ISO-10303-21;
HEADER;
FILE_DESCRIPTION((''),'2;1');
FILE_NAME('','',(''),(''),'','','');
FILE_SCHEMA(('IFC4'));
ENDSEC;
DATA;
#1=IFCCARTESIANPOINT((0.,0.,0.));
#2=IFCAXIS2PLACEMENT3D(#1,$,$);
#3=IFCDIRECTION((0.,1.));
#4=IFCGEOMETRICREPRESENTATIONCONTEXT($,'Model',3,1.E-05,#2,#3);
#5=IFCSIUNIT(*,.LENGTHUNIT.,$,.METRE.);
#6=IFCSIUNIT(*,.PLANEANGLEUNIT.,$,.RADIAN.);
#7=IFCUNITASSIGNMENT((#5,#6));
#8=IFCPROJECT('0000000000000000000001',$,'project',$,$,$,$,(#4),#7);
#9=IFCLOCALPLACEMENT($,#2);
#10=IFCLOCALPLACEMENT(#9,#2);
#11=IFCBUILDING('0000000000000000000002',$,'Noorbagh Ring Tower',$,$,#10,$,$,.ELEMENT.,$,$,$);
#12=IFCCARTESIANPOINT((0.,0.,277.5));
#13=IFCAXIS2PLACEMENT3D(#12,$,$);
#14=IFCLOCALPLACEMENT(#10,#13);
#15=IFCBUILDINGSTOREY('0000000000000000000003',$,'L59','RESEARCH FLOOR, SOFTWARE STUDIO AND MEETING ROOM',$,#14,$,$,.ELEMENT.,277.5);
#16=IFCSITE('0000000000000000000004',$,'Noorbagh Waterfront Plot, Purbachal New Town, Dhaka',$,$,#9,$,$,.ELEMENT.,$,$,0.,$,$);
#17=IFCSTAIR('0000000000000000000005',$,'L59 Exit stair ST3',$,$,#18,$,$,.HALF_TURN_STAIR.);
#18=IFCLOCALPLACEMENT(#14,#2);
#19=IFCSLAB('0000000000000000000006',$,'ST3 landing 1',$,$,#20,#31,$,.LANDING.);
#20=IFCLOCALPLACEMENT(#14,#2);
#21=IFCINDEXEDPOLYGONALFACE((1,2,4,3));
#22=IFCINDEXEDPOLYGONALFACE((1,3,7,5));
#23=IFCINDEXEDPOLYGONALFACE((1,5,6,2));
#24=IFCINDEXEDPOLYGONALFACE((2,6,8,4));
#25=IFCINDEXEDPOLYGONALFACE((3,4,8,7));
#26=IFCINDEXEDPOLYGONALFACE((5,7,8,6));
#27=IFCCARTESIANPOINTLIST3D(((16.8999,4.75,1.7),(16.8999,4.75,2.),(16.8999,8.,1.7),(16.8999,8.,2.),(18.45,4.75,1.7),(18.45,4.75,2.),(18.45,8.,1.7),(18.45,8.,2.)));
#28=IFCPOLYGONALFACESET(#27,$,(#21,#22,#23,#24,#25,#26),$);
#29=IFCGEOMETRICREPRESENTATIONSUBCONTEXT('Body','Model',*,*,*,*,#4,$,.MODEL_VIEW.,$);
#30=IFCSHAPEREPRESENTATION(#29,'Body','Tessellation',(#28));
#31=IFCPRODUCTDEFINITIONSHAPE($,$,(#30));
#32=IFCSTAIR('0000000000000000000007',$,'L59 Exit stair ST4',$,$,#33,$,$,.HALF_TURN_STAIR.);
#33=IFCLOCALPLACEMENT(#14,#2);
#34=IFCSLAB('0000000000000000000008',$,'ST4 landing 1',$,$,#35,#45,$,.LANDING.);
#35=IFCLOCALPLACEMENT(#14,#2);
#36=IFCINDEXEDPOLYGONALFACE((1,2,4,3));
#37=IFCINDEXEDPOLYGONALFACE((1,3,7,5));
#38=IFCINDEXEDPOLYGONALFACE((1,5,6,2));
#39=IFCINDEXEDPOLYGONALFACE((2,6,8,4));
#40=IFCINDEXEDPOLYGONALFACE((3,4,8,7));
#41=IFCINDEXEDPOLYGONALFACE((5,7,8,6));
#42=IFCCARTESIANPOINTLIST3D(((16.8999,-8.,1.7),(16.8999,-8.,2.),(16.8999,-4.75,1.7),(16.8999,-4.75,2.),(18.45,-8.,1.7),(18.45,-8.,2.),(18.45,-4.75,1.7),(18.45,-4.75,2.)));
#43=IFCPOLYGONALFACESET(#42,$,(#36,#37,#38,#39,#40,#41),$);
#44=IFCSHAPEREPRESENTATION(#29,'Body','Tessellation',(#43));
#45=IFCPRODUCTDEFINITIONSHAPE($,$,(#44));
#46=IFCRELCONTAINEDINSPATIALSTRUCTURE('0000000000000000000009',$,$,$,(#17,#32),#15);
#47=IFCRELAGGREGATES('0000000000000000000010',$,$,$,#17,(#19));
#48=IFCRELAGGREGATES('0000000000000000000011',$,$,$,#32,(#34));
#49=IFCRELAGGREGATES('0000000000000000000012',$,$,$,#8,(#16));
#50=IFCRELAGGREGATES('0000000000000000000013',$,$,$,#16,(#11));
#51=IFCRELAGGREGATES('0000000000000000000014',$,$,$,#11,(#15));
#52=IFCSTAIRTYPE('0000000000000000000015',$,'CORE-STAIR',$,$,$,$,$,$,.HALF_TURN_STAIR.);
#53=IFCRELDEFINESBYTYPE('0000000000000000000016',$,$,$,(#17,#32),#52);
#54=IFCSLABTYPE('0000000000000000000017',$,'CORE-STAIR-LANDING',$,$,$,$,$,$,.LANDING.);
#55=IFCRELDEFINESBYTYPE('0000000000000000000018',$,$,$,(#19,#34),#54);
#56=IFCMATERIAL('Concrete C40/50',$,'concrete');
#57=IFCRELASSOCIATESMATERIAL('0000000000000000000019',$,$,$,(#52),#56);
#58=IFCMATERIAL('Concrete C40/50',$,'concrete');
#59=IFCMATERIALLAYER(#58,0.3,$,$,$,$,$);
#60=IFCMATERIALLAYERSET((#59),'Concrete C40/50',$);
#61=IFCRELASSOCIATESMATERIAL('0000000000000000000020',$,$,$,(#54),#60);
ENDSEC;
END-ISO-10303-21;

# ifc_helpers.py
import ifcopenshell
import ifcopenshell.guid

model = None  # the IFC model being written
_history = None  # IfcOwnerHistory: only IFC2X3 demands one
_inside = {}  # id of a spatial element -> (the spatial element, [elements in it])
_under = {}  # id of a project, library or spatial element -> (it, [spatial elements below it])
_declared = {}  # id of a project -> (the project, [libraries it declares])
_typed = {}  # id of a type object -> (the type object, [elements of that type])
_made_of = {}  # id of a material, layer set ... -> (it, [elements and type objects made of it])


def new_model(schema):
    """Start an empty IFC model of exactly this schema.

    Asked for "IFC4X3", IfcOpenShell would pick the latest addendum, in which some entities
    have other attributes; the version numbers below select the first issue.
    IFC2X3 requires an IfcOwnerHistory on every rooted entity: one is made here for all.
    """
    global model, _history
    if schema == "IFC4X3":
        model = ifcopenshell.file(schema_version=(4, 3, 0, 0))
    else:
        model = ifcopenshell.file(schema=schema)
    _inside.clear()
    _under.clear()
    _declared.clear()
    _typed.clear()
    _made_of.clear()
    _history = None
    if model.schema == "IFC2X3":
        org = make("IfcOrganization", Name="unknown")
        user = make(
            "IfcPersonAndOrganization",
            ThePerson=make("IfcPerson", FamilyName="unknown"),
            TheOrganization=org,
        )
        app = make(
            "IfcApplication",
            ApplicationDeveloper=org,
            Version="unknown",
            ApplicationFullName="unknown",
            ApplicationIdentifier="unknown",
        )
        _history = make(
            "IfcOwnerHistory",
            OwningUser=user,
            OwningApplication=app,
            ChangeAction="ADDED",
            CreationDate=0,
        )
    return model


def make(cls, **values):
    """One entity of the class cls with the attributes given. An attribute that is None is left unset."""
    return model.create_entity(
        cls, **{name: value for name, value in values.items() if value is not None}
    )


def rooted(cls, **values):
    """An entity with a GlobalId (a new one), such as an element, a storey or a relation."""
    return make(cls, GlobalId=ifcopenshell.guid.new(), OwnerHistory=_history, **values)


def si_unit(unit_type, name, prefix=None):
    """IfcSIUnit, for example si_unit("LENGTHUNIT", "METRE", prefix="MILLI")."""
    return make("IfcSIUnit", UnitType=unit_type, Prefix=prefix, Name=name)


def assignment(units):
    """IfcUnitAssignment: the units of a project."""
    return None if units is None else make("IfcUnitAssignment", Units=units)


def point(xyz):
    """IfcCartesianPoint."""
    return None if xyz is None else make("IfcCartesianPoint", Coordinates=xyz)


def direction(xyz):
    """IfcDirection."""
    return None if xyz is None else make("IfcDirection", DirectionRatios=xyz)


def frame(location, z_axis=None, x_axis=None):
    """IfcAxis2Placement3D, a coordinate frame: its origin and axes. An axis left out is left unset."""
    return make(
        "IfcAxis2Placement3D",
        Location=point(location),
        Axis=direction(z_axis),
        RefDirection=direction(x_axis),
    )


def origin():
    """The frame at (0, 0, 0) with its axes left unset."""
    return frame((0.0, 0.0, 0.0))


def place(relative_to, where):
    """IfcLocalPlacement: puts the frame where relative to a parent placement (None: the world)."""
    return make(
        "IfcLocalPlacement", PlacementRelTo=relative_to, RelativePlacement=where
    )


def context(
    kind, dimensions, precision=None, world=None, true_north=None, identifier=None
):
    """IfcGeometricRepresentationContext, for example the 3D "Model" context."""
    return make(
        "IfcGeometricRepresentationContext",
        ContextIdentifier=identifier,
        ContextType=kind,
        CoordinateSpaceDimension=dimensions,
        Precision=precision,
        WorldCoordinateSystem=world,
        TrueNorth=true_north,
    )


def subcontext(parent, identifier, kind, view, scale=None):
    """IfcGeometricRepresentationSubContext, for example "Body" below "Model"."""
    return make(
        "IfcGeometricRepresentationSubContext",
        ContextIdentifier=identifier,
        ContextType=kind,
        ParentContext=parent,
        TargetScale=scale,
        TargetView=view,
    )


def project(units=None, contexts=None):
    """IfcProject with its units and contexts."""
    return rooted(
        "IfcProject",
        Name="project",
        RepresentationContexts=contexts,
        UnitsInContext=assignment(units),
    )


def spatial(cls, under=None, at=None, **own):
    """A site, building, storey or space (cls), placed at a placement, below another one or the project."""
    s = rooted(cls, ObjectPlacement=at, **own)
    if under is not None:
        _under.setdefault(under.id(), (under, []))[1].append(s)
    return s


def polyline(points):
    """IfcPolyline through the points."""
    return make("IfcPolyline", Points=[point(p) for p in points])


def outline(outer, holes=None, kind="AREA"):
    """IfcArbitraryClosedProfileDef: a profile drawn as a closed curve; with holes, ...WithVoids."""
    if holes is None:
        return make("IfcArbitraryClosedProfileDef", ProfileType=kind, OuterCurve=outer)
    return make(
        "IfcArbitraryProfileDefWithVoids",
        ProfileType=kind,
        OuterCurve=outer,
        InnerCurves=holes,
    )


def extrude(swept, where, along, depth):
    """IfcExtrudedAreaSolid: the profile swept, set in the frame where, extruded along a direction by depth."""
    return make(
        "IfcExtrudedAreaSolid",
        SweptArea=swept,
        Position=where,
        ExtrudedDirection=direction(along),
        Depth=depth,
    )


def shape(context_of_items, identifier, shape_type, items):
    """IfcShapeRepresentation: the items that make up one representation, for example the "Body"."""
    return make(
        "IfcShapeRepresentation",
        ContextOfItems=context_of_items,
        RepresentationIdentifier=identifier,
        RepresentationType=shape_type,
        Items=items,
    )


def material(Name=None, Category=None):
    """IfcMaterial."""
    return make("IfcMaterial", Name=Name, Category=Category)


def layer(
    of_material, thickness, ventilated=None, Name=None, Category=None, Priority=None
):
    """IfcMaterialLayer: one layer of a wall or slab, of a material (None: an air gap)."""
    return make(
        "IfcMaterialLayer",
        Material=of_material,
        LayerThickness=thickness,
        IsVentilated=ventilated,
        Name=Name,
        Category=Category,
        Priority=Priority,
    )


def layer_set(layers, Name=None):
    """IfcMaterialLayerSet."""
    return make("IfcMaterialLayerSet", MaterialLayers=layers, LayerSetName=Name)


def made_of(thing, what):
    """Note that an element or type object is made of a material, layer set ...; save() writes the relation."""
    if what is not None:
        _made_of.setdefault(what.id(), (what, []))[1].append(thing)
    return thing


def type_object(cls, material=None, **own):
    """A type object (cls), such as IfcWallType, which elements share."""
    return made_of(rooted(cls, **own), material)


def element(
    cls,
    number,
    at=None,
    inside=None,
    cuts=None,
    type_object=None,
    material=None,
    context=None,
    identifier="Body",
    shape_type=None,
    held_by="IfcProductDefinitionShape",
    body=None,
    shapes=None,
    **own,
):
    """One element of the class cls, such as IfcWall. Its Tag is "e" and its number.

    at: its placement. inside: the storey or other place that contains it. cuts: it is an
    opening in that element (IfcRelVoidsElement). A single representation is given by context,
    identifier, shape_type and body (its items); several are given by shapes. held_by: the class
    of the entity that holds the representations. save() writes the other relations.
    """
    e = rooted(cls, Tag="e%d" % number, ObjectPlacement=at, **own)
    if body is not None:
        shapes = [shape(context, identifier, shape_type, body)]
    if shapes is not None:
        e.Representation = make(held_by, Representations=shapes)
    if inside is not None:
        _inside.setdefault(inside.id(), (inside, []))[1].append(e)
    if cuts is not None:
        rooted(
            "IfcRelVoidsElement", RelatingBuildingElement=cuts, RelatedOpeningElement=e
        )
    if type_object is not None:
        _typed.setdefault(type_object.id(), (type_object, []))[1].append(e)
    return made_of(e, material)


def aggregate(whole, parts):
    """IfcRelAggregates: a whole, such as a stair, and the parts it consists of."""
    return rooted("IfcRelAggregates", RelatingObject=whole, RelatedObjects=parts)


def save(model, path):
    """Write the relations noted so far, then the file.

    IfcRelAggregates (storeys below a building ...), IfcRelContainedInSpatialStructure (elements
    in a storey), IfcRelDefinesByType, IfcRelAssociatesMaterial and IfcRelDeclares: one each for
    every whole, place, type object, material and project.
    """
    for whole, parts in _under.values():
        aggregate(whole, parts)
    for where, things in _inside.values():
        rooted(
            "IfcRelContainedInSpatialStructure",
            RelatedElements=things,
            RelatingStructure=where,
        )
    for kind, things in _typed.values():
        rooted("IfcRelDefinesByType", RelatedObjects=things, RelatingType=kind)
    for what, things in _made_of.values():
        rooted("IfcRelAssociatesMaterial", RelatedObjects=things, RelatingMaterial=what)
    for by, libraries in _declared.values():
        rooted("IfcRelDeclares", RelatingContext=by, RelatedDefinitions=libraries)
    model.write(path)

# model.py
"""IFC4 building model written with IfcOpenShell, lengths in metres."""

from ifc_helpers import new_model, si_unit, direction, frame, origin, place, context, subcontext, project, spatial, polyline, outline, extrude, material, layer, layer_set, type_object, element, aggregate, save


model = new_model("IFC4")

# Units and contexts
model_context = context("Model", 3, precision=1e-05, world=origin(), true_north=direction((0.0, 1.0)))
body_context = subcontext(model_context, "Body", "Model", "MODEL_VIEW")
ifc_project = project(units=[si_unit("LENGTHUNIT", "METRE"), si_unit("PLANEANGLEUNIT", "RADIAN")], contexts=[model_context])

# Site, building, storey
site_placement = place(None, origin())
site = spatial("IfcSite", under=ifc_project, at=site_placement, Name="Noorbagh Waterfront Plot, Purbachal New Town, Dhaka", CompositionType="ELEMENT", RefElevation=0.0)
building_placement = place(site_placement, origin())
building = spatial("IfcBuilding", under=site, at=building_placement, Name="Noorbagh Ring Tower", CompositionType="ELEMENT")
storey_placement = place(building_placement, frame((0.0, 0.0, 277.5)))
storey = spatial("IfcBuildingStorey", under=building, at=storey_placement, Name="L59", Description="RESEARCH FLOOR, SOFTWARE STUDIO AND MEETING ROOM", CompositionType="ELEMENT", Elevation=277.5)

# Stairs, slabs
ifc_material_1 = material(Name="Concrete C40/50", Category="concrete")
stair_type = type_object("IfcStairType", Name="CORE-STAIR", PredefinedType="HALF_TURN_STAIR", material=ifc_material_1)
ifc_material_2 = material(Name="Concrete C40/50", Category="concrete")
ifc_layer_1 = layer(ifc_material_2, 0.3)
ifc_layer_set_1 = layer_set([ifc_layer_1], Name="Concrete C40/50")
slab_type = type_object("IfcSlabType", Name="CORE-STAIR-LANDING", PredefinedType="LANDING", material=ifc_layer_set_1)
stair_1_placement = place(storey_placement, origin())
stair_1 = element("IfcStair", 1, at=stair_1_placement, inside=storey, type_object=stair_type, Name="L59 Exit stair ST3", PredefinedType="HALF_TURN_STAIR")
slab_1_placement = place(storey_placement, frame((0.0, 0.0, 1.7)))
slab_1 = element("IfcSlab", 2, at=slab_1_placement, type_object=slab_type, Name="ST3 landing 1", PredefinedType="LANDING", context=body_context, shape_type="SweptSolid", body=[
    extrude(outline(polyline([(18.45, 8.0), (16.8999, 8.0), (16.8999, 4.75), (18.45, 4.75), (18.45, 8.0)])), origin(), (0.0, 0.0, 1.0), 0.3),
])
aggregate(stair_1, [slab_1])
stair_2_placement = place(storey_placement, origin())
stair_2 = element("IfcStair", 3, at=stair_2_placement, inside=storey, type_object=stair_type, Name="L59 Exit stair ST4", PredefinedType="HALF_TURN_STAIR")
slab_2_placement = place(storey_placement, frame((0.0, 0.0, 1.7)))
slab_2 = element("IfcSlab", 4, at=slab_2_placement, type_object=slab_type, Name="ST4 landing 1", PredefinedType="LANDING", context=body_context, shape_type="SweptSolid", body=[
    extrude(outline(polyline([(18.45, -4.75), (16.8999, -4.75), (16.8999, -8.0), (18.45, -8.0), (18.45, -4.75)])), origin(), (0.0, 0.0, 1.0), 0.3),
])
aggregate(stair_2, [slab_2])

save(model, "model.ifc")
